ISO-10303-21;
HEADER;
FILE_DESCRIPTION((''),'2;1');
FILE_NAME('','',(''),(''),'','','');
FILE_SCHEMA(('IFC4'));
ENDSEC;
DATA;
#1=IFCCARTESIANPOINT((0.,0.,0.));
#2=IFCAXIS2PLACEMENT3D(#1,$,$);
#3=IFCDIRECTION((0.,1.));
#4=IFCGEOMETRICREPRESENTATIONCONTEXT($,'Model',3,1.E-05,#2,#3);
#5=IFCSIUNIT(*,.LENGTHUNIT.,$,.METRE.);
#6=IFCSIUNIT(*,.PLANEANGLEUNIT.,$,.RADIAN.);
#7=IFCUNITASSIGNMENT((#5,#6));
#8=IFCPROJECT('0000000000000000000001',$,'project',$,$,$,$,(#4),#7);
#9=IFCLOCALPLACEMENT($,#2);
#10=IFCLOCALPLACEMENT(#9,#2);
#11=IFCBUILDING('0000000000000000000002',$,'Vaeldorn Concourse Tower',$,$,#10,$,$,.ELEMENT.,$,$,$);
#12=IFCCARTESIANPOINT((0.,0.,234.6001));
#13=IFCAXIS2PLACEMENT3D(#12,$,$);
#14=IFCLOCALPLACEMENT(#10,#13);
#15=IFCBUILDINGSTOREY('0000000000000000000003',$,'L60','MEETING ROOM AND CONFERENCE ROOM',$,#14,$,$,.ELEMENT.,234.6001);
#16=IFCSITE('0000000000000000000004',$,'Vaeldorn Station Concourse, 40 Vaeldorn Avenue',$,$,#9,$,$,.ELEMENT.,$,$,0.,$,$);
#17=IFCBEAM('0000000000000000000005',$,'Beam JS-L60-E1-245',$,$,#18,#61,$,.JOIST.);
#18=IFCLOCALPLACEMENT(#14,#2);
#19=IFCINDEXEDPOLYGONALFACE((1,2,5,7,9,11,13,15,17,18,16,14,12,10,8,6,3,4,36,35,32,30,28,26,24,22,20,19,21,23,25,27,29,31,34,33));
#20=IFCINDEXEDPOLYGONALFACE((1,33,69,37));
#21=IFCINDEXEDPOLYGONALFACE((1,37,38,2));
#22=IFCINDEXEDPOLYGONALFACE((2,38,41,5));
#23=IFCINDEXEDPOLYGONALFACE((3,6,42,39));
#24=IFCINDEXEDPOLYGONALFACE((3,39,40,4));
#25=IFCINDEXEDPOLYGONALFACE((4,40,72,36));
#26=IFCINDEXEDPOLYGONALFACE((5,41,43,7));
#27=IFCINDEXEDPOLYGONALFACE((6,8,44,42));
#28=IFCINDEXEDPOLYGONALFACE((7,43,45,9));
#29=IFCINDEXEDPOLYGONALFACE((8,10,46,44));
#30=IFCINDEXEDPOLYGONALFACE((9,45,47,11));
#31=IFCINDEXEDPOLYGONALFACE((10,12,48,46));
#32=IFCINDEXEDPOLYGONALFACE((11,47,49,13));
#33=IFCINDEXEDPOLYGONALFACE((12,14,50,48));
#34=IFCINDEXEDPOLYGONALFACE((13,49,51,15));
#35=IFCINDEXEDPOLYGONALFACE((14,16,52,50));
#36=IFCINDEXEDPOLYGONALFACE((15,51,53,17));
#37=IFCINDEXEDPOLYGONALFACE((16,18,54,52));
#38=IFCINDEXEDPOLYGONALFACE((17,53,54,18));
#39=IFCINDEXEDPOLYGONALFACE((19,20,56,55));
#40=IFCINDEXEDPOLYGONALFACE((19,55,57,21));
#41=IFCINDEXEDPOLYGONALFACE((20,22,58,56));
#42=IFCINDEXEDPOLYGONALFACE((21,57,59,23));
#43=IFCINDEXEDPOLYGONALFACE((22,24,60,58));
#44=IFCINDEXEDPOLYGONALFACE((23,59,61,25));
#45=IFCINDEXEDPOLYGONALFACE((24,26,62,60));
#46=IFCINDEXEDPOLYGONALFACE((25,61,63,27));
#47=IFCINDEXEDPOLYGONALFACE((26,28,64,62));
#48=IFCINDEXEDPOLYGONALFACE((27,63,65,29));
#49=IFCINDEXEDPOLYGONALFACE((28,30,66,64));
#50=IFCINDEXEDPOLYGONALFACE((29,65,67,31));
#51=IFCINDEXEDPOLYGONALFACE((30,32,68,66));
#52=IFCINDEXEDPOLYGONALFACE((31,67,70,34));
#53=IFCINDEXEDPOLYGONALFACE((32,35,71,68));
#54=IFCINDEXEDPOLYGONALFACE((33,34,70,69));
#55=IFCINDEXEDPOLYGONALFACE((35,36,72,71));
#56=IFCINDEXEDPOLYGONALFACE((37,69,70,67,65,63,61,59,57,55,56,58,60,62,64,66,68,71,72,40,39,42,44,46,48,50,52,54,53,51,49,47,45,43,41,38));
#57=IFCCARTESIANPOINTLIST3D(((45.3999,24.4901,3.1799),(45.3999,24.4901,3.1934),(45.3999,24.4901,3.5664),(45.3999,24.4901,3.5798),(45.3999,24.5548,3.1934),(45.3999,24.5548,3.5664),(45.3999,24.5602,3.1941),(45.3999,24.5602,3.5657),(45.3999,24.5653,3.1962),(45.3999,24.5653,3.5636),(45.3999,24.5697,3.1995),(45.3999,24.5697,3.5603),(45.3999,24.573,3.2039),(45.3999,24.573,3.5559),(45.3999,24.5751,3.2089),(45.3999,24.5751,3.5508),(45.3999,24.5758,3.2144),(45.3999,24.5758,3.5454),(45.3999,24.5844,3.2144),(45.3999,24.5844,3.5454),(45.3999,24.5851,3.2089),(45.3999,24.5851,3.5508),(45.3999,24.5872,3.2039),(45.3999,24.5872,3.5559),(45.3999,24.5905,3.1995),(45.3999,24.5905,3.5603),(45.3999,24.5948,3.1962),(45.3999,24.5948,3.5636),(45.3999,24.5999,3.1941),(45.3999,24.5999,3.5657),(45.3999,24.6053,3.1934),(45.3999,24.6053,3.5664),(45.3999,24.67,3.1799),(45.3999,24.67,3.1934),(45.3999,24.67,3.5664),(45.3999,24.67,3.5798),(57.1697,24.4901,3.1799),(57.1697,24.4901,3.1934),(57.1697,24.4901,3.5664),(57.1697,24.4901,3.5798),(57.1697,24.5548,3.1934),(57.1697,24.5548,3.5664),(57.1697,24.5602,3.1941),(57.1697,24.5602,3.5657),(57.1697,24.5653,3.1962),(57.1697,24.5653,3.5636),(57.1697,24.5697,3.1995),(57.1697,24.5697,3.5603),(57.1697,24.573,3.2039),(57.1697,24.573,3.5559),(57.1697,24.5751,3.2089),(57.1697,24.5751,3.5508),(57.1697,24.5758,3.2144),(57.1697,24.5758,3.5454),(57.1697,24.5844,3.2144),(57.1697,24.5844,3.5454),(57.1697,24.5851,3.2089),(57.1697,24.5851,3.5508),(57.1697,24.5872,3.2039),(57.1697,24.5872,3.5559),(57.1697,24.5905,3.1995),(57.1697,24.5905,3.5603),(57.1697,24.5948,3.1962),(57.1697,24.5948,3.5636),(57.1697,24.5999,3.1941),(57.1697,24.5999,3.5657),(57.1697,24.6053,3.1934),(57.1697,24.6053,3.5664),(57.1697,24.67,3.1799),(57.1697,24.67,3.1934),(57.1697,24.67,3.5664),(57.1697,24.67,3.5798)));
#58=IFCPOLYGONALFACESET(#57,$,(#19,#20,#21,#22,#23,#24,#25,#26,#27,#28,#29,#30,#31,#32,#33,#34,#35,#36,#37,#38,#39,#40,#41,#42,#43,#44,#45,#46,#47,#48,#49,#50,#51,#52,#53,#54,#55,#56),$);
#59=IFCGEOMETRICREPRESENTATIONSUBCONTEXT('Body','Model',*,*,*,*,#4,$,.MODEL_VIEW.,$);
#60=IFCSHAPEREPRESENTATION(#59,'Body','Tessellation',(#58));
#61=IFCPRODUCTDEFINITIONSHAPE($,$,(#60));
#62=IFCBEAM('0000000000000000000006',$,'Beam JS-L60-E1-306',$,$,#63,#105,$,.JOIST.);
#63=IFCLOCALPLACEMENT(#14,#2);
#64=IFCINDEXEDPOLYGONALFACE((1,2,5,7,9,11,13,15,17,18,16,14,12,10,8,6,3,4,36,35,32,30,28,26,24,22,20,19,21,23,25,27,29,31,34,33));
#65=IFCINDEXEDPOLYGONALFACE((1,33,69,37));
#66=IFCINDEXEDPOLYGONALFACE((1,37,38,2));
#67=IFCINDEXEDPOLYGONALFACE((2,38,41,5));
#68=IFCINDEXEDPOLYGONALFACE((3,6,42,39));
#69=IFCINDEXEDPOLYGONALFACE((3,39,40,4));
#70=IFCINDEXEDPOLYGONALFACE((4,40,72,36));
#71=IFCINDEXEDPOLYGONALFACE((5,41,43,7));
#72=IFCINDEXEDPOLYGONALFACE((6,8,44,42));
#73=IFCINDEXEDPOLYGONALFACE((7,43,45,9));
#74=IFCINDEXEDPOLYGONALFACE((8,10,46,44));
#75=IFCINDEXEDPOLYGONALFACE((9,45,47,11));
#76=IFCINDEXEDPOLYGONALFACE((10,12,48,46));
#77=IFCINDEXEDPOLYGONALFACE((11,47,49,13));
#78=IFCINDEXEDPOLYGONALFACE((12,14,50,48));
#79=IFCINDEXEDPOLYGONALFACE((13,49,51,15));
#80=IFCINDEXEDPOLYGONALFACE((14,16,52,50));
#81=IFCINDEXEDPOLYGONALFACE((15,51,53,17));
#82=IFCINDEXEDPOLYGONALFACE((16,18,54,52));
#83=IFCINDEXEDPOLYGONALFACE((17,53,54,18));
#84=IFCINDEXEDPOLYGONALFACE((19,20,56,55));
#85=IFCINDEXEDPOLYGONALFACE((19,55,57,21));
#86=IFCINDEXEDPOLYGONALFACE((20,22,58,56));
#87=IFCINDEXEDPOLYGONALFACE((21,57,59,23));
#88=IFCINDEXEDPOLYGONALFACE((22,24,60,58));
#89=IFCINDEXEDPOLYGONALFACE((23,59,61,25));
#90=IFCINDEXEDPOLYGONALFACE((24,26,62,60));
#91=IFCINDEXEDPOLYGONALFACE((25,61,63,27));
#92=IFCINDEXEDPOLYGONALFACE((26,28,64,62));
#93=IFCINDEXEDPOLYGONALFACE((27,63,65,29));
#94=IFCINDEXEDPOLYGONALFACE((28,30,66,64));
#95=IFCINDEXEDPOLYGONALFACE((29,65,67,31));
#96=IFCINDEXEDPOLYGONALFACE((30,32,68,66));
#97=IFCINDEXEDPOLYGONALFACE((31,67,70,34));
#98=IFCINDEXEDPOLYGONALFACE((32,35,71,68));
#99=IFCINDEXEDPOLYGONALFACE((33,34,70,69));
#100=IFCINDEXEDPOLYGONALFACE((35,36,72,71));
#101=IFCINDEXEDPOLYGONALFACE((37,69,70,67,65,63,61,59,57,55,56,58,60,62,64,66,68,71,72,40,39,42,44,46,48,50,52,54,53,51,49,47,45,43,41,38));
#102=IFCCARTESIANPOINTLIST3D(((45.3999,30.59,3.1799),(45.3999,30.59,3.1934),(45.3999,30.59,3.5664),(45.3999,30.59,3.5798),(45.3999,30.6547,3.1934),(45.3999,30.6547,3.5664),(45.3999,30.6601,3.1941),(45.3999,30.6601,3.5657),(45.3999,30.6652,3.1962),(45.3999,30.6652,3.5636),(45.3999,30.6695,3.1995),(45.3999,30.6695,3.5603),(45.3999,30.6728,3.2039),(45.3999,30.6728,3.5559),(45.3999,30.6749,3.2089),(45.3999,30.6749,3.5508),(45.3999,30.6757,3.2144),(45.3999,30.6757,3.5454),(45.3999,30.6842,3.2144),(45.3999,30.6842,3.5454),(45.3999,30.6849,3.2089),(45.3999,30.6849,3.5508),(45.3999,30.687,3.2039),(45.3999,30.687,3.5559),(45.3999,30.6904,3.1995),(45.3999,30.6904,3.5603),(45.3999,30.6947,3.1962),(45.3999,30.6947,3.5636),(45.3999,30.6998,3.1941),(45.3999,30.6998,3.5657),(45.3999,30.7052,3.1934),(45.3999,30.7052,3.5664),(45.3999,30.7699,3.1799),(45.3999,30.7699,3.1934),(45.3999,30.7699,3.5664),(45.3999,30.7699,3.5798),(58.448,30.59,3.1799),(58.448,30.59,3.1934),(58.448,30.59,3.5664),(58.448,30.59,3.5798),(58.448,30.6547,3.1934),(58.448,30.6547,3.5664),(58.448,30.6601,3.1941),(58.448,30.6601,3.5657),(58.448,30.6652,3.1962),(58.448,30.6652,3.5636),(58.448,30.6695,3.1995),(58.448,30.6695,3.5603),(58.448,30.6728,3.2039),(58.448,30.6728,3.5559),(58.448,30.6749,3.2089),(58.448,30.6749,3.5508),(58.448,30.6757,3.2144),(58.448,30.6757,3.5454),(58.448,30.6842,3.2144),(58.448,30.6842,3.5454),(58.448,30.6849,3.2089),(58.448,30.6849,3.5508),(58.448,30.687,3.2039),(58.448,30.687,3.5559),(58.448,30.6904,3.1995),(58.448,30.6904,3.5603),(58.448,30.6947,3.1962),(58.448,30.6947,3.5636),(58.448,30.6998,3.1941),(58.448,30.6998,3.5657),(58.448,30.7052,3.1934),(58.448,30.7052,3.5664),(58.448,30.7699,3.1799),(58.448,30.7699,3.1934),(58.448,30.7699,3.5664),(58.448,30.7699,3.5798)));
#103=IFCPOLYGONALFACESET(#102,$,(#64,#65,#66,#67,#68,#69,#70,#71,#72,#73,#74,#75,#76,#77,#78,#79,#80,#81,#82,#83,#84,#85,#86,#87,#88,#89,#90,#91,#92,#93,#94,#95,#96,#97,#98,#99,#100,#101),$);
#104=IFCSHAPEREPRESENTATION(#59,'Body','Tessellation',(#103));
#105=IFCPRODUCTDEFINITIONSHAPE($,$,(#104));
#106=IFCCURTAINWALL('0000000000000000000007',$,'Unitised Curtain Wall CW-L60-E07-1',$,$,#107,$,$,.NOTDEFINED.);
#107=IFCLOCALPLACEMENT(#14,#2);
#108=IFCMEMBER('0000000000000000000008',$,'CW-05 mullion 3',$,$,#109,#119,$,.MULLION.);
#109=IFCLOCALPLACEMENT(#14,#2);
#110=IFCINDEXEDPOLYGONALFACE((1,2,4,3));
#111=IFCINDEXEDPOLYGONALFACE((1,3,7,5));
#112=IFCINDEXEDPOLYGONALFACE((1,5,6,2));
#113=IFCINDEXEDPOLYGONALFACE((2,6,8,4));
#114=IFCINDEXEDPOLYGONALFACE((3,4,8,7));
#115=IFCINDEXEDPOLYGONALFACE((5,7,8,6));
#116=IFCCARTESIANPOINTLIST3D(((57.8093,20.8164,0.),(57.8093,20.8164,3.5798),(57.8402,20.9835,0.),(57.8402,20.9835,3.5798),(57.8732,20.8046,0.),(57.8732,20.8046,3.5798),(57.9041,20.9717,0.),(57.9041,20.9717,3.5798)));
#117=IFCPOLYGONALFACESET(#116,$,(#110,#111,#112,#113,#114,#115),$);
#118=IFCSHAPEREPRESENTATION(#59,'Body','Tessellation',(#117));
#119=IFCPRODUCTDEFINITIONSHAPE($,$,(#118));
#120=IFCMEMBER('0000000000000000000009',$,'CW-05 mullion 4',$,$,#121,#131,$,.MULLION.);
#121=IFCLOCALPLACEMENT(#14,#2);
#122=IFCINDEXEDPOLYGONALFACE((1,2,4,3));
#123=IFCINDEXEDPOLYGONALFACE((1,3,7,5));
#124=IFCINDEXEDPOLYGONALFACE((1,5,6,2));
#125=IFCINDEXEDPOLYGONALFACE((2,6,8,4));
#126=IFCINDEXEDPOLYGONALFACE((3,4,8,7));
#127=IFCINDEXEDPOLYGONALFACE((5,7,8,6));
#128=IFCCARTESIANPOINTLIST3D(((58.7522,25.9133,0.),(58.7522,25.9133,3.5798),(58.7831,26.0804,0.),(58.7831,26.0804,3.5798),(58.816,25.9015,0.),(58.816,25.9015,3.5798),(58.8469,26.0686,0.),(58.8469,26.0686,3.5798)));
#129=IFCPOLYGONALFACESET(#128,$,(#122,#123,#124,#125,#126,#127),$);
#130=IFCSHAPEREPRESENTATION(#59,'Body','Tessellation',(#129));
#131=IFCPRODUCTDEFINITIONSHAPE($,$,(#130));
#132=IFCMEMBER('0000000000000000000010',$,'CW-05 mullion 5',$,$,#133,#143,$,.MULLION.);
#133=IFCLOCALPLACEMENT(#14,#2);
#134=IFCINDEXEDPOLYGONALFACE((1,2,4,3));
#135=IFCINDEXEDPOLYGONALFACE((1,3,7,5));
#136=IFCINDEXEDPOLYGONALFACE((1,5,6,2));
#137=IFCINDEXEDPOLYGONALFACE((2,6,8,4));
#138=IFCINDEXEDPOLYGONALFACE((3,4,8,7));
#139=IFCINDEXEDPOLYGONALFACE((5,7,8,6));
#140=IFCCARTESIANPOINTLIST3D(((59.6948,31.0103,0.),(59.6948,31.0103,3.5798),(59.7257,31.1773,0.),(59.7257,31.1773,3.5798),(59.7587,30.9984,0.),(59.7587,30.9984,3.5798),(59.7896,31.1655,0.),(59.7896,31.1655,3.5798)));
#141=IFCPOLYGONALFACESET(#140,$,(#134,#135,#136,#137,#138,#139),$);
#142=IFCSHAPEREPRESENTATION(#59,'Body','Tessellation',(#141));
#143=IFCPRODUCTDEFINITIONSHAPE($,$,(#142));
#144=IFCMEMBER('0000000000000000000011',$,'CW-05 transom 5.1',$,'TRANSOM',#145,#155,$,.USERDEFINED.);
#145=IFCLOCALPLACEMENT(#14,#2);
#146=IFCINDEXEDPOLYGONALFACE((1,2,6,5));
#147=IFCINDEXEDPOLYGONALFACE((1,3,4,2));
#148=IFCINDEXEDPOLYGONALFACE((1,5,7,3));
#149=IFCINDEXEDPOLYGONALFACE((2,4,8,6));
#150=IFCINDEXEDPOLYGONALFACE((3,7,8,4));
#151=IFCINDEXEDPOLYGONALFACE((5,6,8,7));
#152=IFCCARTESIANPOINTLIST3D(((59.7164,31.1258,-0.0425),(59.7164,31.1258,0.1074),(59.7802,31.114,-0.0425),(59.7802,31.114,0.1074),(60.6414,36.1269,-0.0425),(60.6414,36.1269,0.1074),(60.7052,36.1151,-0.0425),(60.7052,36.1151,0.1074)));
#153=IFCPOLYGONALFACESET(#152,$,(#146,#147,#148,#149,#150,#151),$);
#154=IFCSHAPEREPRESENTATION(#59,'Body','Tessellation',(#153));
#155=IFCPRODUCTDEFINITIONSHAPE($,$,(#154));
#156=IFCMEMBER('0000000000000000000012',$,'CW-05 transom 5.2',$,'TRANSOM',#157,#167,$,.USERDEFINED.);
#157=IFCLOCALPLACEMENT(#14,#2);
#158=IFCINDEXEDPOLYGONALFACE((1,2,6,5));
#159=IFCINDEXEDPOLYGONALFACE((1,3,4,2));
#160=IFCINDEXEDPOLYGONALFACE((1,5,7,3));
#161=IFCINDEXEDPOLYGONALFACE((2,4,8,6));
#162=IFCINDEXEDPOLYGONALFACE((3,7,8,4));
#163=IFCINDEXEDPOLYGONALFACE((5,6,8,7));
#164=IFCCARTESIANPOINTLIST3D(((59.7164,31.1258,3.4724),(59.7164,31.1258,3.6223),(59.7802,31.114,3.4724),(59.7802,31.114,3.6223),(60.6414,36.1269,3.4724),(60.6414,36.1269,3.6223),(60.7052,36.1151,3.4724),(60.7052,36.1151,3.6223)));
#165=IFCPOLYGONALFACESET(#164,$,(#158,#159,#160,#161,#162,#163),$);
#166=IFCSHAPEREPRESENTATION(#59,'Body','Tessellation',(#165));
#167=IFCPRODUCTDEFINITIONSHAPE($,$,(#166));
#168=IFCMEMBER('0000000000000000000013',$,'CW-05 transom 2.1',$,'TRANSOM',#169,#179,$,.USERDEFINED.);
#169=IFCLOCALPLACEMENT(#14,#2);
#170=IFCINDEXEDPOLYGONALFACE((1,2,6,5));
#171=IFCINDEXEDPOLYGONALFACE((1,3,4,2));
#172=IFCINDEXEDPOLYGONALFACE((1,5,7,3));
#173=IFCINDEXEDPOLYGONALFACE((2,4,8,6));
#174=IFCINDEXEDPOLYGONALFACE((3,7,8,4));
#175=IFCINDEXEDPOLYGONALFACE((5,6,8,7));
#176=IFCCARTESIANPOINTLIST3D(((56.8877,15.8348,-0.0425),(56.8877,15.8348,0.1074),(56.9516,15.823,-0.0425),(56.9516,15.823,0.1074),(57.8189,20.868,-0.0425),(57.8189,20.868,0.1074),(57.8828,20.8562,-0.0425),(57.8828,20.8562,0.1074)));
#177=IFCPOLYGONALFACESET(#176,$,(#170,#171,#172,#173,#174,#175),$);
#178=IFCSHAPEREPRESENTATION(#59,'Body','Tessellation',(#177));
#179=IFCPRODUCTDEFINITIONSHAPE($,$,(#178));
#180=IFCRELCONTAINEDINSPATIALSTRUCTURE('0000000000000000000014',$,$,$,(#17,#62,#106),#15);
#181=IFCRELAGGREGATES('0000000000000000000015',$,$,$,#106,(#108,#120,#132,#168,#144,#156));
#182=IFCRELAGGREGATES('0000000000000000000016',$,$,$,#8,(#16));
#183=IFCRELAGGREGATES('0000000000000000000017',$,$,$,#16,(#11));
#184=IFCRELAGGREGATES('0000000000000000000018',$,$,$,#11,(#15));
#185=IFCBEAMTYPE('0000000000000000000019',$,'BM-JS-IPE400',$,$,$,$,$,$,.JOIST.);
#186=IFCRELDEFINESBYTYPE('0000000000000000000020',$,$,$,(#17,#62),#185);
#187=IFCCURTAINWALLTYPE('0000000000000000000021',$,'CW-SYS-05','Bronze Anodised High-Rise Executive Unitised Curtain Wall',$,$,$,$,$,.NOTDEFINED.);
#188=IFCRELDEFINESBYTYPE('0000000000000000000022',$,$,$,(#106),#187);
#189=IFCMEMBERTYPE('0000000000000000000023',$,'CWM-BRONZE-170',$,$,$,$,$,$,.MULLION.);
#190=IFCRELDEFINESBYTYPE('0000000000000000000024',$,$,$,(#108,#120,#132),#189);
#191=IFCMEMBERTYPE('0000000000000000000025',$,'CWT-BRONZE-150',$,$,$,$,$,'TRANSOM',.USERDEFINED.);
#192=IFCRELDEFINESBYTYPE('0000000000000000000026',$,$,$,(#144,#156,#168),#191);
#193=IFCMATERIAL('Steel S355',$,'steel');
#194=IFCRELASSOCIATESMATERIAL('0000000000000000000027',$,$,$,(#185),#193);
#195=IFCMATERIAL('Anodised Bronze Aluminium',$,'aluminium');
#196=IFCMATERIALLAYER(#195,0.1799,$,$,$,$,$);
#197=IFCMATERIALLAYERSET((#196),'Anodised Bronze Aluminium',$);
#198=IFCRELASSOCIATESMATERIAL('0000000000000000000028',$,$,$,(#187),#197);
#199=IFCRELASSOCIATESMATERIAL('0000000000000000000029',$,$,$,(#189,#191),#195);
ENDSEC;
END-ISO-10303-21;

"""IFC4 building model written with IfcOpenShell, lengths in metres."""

from ifc_helpers import new_model, si_unit, direction, frame, origin, origin_2d, place, context, subcontext, project, spatial, rectangle, i_section, extrude, source, transform, mapped, material, layer, layer_set, material_profile, profile_set, type_object, element, aggregate, save


model = new_model("IFC4")

# Units and contexts
model_context = context("Model", 3, precision=1e-05, world=origin(), true_north=direction((0.0, 1.0)))
body_context = subcontext(model_context, "Body", "Model", "MODEL_VIEW")
ifc_project = project(units=[si_unit("LENGTHUNIT", "METRE"), si_unit("PLANEANGLEUNIT", "RADIAN")], contexts=[model_context])

# Site, building, storey
site_placement = place(None, origin())
site = spatial("IfcSite", under=ifc_project, at=site_placement, Name="Vaeldorn Station Concourse, 40 Vaeldorn Avenue", CompositionType="ELEMENT", RefElevation=0.0)
building_placement = place(site_placement, origin())
building = spatial("IfcBuilding", under=site, at=building_placement, Name="Vaeldorn Concourse Tower", CompositionType="ELEMENT")
storey_placement = place(building_placement, frame((0.0, 0.0, 234.6001)))
storey = spatial("IfcBuildingStorey", under=building, at=storey_placement, Name="L60", Description="MEETING ROOM AND CONFERENCE ROOM", CompositionType="ELEMENT", Elevation=234.6001)

# Shared definitions
ifc_material_1 = material(Name="Steel S355", Category="steel")

# Beams
ifc_material_profile_1 = material_profile(ifc_material_1, i_section(OverallWidth=0.1799, OverallDepth=0.3999, WebThickness=0.0085, FlangeThickness=0.0134, FilletRadius=0.021, at=origin_2d()), Name="IPE 400")
ifc_profile_set_1 = profile_set([ifc_material_profile_1], Name="Steel S355")
beam_type_1 = type_object("IfcBeamType", Name="BM-JS-IPE400", PredefinedType="JOIST", material=ifc_profile_set_1)
shared_shape_1 = source(origin(), body_context, "Body", "SweptSolid", [
    extrude(i_section(OverallWidth=0.1799, OverallDepth=0.3999, WebThickness=0.0085, FlangeThickness=0.0134, FilletRadius=0.021, at=origin_2d()), origin(), (0.0, 0.0, 1.0), 11.7698),
])
beam_1_placement = place(storey_placement, frame((45.3999, 24.5801, 3.3799), z_axis=(1.0, 0.0, 0.0), x_axis=(0.0, 1.0, 0.0)))
element("IfcBeam", 1, at=beam_1_placement, inside=storey, type_object=beam_type_1, Name="Beam JS-L60-E1-245", PredefinedType="JOIST", context=body_context, shape_type="MappedRepresentation", body=[
    mapped(shared_shape_1, transform((0.0, 0.0, 0.0), scale=1.0)),
])
shared_shape_2 = source(origin(), body_context, "Body", "SweptSolid", [
    extrude(i_section(OverallWidth=0.1799, OverallDepth=0.3999, WebThickness=0.0085, FlangeThickness=0.0134, FilletRadius=0.021, at=origin_2d()), origin(), (0.0, 0.0, 1.0), 13.0481),
])
beam_2_placement = place(storey_placement, frame((45.3999, 30.6799, 3.3799), z_axis=(1.0, 0.0, 0.0), x_axis=(0.0, 1.0, 0.0)))
element("IfcBeam", 2, at=beam_2_placement, inside=storey, type_object=beam_type_1, Name="Beam JS-L60-E1-306", PredefinedType="JOIST", context=body_context, shape_type="MappedRepresentation", body=[
    mapped(shared_shape_2, transform((0.0, 0.0, 0.0), scale=1.0)),
])

# Curtain wall, members
ifc_material_2 = material(Name="Anodised Bronze Aluminium", Category="aluminium")
ifc_layer_1 = layer(ifc_material_2, 0.1799)
ifc_layer_set_1 = layer_set([ifc_layer_1], Name="Anodised Bronze Aluminium")
curtain_wall_type = type_object("IfcCurtainWallType", Name="CW-SYS-05", Description="Bronze Anodised High-Rise Executive Unitised Curtain Wall", PredefinedType="NOTDEFINED", material=ifc_layer_set_1)
curtain_wall_placement = place(storey_placement, origin())
curtain_wall = element("IfcCurtainWall", 3, at=curtain_wall_placement, inside=storey, type_object=curtain_wall_type, Name="Unitised Curtain Wall CW-L60-E07-1", PredefinedType="NOTDEFINED")
ifc_material_profile_2 = material_profile(ifc_material_2, rectangle(XDim=0.0649, YDim=0.1699, at=origin_2d()), Name="CWM 65x170")
ifc_profile_set_2 = profile_set([ifc_material_profile_2], Name="Anodised Bronze Aluminium")
member_type_1 = type_object("IfcMemberType", Name="CWM-BRONZE-170", PredefinedType="MULLION", material=ifc_profile_set_2)
shared_shape_3 = source(origin(), body_context, "Body", "SweptSolid", [
    extrude(rectangle(XDim=0.0649, YDim=0.1699, at=origin_2d()), origin(), (0.0, 0.0, 1.0), 3.5798),
])
member_1_placement = place(storey_placement, frame((57.8567, 20.894, 0.0), z_axis=(0.0, 0.0, 1.0), x_axis=(-0.983319, 0.18189, 0.0)))
member_1 = element("IfcMember", 4, at=member_1_placement, type_object=member_type_1, Name="CW-05 mullion 3", PredefinedType="MULLION", context=body_context, shape_type="MappedRepresentation", body=[
    mapped(shared_shape_3, transform((0.0, 0.0, 0.0), scale=1.0)),
])
member_2_placement = place(storey_placement, frame((58.7996, 25.991, 0.0), z_axis=(0.0, 0.0, 1.0), x_axis=(-0.983319, 0.18189, 0.0)))
member_2 = element("IfcMember", 5, at=member_2_placement, type_object=member_type_1, Name="CW-05 mullion 4", PredefinedType="MULLION", context=body_context, shape_type="MappedRepresentation", body=[
    mapped(shared_shape_3, transform((0.0, 0.0, 0.0), scale=1.0)),
])
member_3_placement = place(storey_placement, frame((59.7422, 31.0879, 0.0), z_axis=(0.0, 0.0, 1.0), x_axis=(-0.983319, 0.18189, 0.0)))
member_3 = element("IfcMember", 6, at=member_3_placement, type_object=member_type_1, Name="CW-05 mullion 5", PredefinedType="MULLION", context=body_context, shape_type="MappedRepresentation", body=[
    mapped(shared_shape_3, transform((0.0, 0.0, 0.0), scale=1.0)),
])
ifc_material_profile_3 = material_profile(ifc_material_2, rectangle(XDim=0.0649, YDim=0.1499, at=origin_2d()), Name="CWT 65x150")
ifc_profile_set_3 = profile_set([ifc_material_profile_3], Name="Anodised Bronze Aluminium")
member_type_2 = type_object("IfcMemberType", Name="CWT-BRONZE-150", ElementType="TRANSOM", PredefinedType="USERDEFINED", material=ifc_profile_set_3)
shared_shape_4 = source(origin(), body_context, "Body", "SweptSolid", [
    extrude(rectangle(XDim=0.0649, YDim=0.1499, at=origin_2d()), origin(), (0.0, 0.0, 1.0), 5.0859),
])
member_4_placement = place(storey_placement, frame((59.7483, 31.1199, 0.0325), z_axis=(0.18188, 0.983321, 0.0), x_axis=(-0.983321, 0.18188, 0.0)))
member_4 = element("IfcMember", 7, at=member_4_placement, type_object=member_type_2, Name="CW-05 transom 5.1", ObjectType="TRANSOM", PredefinedType="USERDEFINED", context=body_context, shape_type="MappedRepresentation", body=[
    mapped(shared_shape_4, transform((0.0, 0.0, 0.0), scale=1.0)),
])
member_5_placement = place(storey_placement, frame((59.7483, 31.1199, 3.5474), z_axis=(0.18188, 0.983321, 0.0), x_axis=(-0.983321, 0.18188, 0.0)))
member_5 = element("IfcMember", 8, at=member_5_placement, type_object=member_type_2, Name="CW-05 transom 5.2", ObjectType="TRANSOM", PredefinedType="USERDEFINED", context=body_context, shape_type="MappedRepresentation", body=[
    mapped(shared_shape_4, transform((0.0, 0.0, 0.0), scale=1.0)),
])
shared_shape_5 = source(origin(), body_context, "Body", "SweptSolid", [
    extrude(rectangle(XDim=0.0649, YDim=0.1499, at=origin_2d()), origin(), (0.0, 0.0, 1.0), 5.1187),
])
member_6_placement = place(storey_placement, frame((56.9197, 15.8289, 0.0325), z_axis=(0.181915, 0.983314, 0.0), x_axis=(-0.983314, 0.181915, 0.0)))
member_6 = element("IfcMember", 9, at=member_6_placement, type_object=member_type_2, Name="CW-05 transom 2.1", ObjectType="TRANSOM", PredefinedType="USERDEFINED", context=body_context, shape_type="MappedRepresentation", body=[
    mapped(shared_shape_5, transform((0.0, 0.0, 0.0), scale=1.0)),
])
aggregate(curtain_wall, [member_1, member_2, member_3, member_6, member_4, member_5])

save(model, "model.ifc")
